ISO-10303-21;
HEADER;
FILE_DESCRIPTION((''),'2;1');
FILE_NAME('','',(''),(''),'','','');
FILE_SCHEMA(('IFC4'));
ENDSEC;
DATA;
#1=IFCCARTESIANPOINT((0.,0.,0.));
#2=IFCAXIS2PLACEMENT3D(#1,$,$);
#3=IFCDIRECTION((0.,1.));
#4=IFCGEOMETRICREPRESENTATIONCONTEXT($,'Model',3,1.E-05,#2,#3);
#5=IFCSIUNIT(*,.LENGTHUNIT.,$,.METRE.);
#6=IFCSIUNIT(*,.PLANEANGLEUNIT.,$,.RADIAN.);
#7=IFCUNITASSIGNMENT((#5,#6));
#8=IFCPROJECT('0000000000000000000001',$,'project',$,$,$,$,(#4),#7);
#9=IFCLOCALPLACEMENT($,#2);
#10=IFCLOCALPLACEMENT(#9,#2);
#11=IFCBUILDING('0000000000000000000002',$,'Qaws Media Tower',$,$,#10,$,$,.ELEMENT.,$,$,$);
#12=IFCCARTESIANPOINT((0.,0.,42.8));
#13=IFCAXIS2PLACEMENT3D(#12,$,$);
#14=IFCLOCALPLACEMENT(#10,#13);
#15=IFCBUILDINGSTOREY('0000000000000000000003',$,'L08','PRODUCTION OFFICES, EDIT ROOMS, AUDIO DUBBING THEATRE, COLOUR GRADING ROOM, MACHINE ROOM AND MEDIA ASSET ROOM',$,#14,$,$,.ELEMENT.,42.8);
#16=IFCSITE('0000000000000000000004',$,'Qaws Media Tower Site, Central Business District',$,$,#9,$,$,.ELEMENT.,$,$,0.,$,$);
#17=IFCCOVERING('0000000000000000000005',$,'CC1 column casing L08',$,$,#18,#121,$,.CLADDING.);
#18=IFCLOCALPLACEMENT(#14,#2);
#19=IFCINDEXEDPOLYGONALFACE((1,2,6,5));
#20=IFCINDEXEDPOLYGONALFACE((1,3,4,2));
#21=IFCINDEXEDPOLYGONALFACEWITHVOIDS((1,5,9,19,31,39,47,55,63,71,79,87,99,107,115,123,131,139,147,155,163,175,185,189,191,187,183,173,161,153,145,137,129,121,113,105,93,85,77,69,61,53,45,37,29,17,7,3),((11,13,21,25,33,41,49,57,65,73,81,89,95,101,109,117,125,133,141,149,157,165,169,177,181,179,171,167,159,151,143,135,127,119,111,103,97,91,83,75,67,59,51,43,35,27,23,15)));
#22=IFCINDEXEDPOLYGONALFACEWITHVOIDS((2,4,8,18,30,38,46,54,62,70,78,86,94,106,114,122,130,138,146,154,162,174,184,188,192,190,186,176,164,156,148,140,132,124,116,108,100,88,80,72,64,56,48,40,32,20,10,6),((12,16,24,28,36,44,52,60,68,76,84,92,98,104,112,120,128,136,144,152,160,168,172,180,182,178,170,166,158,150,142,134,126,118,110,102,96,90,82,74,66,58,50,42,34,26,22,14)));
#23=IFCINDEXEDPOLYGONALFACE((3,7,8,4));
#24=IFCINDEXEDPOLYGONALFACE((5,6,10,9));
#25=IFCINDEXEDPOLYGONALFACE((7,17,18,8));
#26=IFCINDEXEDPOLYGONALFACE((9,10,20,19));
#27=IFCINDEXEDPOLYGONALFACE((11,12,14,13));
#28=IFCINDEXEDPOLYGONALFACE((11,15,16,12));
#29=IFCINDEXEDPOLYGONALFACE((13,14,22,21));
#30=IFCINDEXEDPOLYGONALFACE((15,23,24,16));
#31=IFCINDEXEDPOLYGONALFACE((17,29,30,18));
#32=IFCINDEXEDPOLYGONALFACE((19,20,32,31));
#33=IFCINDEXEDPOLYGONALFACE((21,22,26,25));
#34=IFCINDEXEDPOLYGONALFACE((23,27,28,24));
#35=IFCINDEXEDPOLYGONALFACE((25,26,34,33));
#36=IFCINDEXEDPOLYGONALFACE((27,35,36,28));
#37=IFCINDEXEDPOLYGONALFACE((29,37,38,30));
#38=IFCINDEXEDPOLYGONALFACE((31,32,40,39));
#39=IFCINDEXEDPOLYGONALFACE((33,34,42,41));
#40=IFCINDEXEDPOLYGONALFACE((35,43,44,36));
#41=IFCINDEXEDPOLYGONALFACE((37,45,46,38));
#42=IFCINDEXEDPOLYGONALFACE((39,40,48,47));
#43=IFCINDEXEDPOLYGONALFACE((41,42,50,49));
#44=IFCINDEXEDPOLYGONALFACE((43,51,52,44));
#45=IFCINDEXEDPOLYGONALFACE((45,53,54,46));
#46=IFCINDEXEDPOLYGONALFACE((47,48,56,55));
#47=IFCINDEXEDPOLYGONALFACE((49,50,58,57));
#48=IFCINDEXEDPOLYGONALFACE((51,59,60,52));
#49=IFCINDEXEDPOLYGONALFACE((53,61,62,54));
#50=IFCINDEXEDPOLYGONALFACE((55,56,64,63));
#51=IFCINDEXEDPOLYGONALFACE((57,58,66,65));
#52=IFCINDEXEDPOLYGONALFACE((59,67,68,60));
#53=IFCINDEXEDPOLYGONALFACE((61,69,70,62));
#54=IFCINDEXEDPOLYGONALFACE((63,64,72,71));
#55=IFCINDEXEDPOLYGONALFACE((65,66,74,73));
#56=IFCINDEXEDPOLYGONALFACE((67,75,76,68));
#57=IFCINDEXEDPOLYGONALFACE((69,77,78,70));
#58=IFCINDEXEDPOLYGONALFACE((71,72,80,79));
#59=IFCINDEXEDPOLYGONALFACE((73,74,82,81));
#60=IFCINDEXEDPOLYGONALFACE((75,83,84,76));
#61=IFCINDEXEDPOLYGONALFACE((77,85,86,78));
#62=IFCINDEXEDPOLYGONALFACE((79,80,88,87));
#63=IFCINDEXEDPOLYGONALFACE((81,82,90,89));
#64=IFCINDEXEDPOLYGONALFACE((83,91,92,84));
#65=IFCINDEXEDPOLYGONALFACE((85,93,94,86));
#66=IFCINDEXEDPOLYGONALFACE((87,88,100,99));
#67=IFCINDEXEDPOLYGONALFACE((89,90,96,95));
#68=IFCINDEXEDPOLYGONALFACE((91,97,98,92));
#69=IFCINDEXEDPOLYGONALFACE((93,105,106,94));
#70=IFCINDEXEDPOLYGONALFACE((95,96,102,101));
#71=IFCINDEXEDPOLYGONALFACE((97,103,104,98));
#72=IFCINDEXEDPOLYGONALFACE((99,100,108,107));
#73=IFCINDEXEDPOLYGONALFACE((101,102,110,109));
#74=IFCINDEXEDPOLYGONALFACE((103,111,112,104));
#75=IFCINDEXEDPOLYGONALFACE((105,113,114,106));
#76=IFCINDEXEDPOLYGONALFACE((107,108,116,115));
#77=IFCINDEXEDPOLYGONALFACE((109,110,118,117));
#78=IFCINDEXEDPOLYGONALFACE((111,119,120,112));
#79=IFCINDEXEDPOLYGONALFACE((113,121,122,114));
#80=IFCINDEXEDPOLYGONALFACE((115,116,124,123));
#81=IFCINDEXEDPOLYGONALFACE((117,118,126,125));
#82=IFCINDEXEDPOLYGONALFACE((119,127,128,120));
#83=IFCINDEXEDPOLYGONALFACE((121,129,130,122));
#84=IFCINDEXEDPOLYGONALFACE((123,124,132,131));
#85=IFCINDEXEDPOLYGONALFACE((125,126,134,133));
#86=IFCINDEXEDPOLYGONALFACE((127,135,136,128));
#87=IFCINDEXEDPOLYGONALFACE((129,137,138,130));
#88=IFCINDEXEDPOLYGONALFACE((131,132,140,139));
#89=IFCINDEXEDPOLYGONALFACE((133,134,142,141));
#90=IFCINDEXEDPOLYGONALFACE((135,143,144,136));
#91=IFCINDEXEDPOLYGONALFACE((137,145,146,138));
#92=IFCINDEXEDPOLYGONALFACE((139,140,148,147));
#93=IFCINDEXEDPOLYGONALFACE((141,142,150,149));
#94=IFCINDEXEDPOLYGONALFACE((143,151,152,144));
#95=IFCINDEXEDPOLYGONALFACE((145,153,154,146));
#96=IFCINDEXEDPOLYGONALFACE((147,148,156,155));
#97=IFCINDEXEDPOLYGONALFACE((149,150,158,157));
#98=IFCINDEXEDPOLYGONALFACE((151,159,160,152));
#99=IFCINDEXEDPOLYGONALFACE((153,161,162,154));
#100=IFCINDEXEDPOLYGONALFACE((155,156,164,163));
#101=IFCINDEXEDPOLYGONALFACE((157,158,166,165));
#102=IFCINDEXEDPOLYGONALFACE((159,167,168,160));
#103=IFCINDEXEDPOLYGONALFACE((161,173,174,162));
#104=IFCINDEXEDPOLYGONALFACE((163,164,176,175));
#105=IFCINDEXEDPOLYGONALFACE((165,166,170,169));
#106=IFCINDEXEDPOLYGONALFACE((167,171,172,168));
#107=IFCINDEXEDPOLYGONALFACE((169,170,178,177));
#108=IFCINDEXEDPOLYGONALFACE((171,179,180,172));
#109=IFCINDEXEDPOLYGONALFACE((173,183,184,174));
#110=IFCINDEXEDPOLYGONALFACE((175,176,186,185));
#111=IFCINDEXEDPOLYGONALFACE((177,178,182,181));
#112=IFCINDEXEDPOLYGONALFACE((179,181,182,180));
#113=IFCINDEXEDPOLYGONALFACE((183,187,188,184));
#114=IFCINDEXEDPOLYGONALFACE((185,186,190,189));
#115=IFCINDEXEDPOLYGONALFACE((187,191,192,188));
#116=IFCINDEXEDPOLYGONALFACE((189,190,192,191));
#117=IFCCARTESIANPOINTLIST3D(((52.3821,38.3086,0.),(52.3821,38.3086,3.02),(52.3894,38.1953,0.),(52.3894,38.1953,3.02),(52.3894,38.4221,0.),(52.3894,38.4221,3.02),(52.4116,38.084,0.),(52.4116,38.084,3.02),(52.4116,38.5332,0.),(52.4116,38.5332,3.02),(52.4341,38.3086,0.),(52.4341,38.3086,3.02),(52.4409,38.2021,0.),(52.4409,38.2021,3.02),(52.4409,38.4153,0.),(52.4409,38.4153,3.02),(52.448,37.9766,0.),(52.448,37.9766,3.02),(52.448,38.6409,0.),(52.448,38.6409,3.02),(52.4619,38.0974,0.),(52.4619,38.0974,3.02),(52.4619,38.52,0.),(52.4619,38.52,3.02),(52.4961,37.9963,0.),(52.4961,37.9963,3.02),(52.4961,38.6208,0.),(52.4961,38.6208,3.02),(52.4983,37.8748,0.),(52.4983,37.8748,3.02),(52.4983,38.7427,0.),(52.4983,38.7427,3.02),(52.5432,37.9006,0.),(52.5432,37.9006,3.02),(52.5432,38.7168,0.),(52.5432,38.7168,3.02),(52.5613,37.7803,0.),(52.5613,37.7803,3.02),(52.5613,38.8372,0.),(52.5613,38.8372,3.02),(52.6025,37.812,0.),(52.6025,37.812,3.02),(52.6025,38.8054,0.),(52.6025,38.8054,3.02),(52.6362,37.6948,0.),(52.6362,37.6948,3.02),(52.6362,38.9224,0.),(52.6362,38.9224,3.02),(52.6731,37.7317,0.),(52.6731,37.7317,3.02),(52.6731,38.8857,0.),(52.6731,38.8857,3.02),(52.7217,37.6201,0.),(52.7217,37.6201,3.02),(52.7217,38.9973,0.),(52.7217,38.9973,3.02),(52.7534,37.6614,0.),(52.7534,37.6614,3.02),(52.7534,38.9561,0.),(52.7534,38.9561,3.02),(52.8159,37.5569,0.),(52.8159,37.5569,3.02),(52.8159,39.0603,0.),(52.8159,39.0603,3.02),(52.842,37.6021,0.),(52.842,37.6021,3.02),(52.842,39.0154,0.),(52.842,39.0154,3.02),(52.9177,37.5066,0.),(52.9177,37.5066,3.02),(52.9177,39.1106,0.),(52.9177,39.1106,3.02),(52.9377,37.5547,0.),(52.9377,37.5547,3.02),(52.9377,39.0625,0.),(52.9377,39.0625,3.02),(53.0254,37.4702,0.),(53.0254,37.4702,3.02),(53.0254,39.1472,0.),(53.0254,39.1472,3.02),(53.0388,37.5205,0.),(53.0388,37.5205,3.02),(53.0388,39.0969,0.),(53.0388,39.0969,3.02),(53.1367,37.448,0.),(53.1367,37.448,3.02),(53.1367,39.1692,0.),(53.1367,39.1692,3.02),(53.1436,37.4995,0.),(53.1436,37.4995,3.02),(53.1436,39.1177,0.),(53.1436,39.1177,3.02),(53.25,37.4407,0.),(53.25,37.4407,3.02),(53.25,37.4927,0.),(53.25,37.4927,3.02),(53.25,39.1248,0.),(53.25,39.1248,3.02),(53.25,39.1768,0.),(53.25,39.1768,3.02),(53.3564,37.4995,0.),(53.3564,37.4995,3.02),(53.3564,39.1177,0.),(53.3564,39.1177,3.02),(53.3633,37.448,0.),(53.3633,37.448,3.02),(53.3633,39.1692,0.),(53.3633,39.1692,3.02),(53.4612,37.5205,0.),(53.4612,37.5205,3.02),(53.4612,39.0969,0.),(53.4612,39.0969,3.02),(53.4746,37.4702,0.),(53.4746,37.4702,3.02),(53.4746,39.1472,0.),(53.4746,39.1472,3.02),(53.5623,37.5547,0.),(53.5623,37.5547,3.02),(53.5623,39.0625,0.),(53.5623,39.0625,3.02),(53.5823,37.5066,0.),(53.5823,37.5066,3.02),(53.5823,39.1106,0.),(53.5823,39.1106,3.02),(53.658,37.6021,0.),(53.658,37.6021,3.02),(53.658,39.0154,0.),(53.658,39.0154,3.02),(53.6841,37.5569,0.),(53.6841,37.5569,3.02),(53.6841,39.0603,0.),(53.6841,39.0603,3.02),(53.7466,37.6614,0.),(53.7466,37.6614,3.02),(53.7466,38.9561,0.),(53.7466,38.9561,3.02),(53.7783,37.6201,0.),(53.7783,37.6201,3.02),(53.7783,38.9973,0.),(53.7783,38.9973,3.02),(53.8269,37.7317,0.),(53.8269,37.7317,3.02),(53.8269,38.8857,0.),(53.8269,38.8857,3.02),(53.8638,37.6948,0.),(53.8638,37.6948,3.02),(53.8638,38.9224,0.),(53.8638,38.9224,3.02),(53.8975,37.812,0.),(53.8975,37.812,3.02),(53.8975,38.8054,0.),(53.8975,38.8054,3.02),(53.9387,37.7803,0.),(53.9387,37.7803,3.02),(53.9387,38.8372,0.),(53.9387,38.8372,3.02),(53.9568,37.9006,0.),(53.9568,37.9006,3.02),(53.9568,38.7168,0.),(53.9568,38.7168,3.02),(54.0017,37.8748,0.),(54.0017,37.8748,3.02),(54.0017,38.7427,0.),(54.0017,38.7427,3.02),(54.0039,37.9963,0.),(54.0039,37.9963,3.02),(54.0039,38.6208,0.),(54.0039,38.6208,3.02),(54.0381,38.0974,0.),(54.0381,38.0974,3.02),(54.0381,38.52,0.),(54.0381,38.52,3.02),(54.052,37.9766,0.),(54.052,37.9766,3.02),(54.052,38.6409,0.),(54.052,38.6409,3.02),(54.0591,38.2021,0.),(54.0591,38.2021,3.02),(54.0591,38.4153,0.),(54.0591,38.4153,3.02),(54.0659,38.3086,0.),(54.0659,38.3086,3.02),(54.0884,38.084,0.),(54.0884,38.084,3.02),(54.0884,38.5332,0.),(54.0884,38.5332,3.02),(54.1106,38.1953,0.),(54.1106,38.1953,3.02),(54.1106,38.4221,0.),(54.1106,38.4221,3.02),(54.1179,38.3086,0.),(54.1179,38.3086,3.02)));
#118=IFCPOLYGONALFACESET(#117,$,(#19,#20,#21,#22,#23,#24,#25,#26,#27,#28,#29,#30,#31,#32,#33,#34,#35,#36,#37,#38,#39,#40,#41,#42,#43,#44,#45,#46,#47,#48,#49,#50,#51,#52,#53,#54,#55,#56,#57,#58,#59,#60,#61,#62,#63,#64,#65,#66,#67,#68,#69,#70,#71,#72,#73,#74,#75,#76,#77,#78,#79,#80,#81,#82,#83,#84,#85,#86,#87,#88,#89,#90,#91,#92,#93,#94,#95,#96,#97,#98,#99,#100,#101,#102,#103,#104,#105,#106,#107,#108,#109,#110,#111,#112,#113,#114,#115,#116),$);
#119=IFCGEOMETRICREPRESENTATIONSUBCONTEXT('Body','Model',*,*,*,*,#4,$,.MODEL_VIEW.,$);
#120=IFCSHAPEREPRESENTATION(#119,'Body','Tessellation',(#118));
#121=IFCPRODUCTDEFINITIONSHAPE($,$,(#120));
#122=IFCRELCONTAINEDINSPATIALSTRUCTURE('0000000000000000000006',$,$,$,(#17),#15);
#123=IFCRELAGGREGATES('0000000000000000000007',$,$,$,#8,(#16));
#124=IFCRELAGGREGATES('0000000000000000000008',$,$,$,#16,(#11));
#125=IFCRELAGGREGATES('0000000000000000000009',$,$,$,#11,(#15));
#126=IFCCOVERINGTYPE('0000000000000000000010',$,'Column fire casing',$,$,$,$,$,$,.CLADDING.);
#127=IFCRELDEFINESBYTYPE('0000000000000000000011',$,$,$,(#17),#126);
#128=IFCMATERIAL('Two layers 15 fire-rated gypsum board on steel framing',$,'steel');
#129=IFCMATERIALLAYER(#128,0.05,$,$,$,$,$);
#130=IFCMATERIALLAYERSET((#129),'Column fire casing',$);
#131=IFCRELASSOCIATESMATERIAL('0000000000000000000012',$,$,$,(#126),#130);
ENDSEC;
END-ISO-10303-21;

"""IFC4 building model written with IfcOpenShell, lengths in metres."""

from ifc_helpers import new_model, si_unit, direction, frame, origin, place, context, subcontext, project, spatial, polyline, outline, extrude, material, layer, layer_set, type_object, element, save


model = new_model("IFC4")

# Units and contexts
model_context = context("Model", 3, precision=1e-05, world=origin(), true_north=direction((0.0, 1.0)))
body_context = subcontext(model_context, "Body", "Model", "MODEL_VIEW")
ifc_project = project(units=[si_unit("LENGTHUNIT", "METRE"), si_unit("PLANEANGLEUNIT", "RADIAN")], contexts=[model_context])

# Site, building, storey
site_placement = place(None, origin())
site = spatial("IfcSite", under=ifc_project, at=site_placement, Name="Qaws Media Tower Site, Central Business District", CompositionType="ELEMENT", RefElevation=0.0)
building_placement = place(site_placement, origin())
building = spatial("IfcBuilding", under=site, at=building_placement, Name="Qaws Media Tower", CompositionType="ELEMENT")
storey_placement = place(building_placement, frame((0.0, 0.0, 42.8)))
storey = spatial("IfcBuildingStorey", under=building, at=storey_placement, Name="L08", Description="PRODUCTION OFFICES, EDIT ROOMS, AUDIO DUBBING THEATRE, COLOUR GRADING ROOM, MACHINE ROOM AND MEDIA ASSET ROOM", CompositionType="ELEMENT", Elevation=42.8)

# Covering
ifc_material_1 = material(Name="Two layers 15 fire-rated gypsum board on steel framing", Category="steel")
ifc_layer_1 = layer(ifc_material_1, 0.05)
ifc_layer_set_1 = layer_set([ifc_layer_1], Name="Column fire casing")
covering_type = type_object("IfcCoveringType", Name="Column fire casing", PredefinedType="CLADDING", material=ifc_layer_set_1)
covering_1_placement = place(storey_placement, origin())
element("IfcCovering", 1, at=covering_1_placement, inside=storey, type_object=covering_type, Name="CC1 column casing L08", PredefinedType="CLADDING", context=body_context, shape_type="SweptSolid", body=[
    extrude(outline(polyline([(54.1179, 38.3086), (54.1106, 38.1953), (54.0884, 38.084), (54.052, 37.9766), (54.0017, 37.8748), (53.9387, 37.7803), (53.8638, 37.6948), (53.7783, 37.6201), (53.6841, 37.5569), (53.5823, 37.5066), (53.4746, 37.4702), (53.3633, 37.448), (53.25, 37.4407), (53.1367, 37.448), (53.0254, 37.4702), (52.9177, 37.5066), (52.8159, 37.5569), (52.7217, 37.6201), (52.6362, 37.6948), (52.5613, 37.7803), (52.4983, 37.8748), (52.448, 37.9766), (52.4116, 38.084), (52.3894, 38.1953), (52.3821, 38.3086), (52.3894, 38.4221), (52.4116, 38.5332), (52.448, 38.6409), (52.4983, 38.7427), (52.5613, 38.8372), (52.6362, 38.9224), (52.7217, 38.9973), (52.8159, 39.0603), (52.9177, 39.1106), (53.0254, 39.1472), (53.1367, 39.1692), (53.25, 39.1768), (53.3633, 39.1692), (53.4746, 39.1472), (53.5823, 39.1106), (53.6841, 39.0603), (53.7783, 38.9973), (53.8638, 38.9224), (53.9387, 38.8372), (54.0017, 38.7427), (54.052, 38.6409), (54.0884, 38.5332), (54.1106, 38.4221), (54.1179, 38.3086)]), holes=[polyline([(54.0659, 38.3086), (54.0591, 38.2021), (54.0381, 38.0974), (54.0039, 37.9963), (53.9568, 37.9006), (53.8975, 37.812), (53.8269, 37.7317), (53.7466, 37.6614), (53.658, 37.6021), (53.5623, 37.5547), (53.4612, 37.5205), (53.3564, 37.4995), (53.25, 37.4927), (53.1436, 37.4995), (53.0388, 37.5205), (52.9377, 37.5547), (52.842, 37.6021), (52.7534, 37.6614), (52.6731, 37.7317), (52.6025, 37.812), (52.5432, 37.9006), (52.4961, 37.9963), (52.4619, 38.0974), (52.4409, 38.2021), (52.4341, 38.3086), (52.4409, 38.4153), (52.4619, 38.52), (52.4961, 38.6208), (52.5432, 38.7168), (52.6025, 38.8054), (52.6731, 38.8857), (52.7534, 38.9561), (52.842, 39.0154), (52.9377, 39.0625), (53.0388, 39.0969), (53.1436, 39.1177), (53.25, 39.1248), (53.3564, 39.1177), (53.4612, 39.0969), (53.5623, 39.0625), (53.658, 39.0154), (53.7466, 38.9561), (53.8269, 38.8857), (53.8975, 38.8054), (53.9568, 38.7168), (54.0039, 38.6208), (54.0381, 38.52), (54.0591, 38.4153), (54.0659, 38.3086)])]), origin(), (0.0, 0.0, 1.0), 3.02),
])

save(model, "model.ifc")
